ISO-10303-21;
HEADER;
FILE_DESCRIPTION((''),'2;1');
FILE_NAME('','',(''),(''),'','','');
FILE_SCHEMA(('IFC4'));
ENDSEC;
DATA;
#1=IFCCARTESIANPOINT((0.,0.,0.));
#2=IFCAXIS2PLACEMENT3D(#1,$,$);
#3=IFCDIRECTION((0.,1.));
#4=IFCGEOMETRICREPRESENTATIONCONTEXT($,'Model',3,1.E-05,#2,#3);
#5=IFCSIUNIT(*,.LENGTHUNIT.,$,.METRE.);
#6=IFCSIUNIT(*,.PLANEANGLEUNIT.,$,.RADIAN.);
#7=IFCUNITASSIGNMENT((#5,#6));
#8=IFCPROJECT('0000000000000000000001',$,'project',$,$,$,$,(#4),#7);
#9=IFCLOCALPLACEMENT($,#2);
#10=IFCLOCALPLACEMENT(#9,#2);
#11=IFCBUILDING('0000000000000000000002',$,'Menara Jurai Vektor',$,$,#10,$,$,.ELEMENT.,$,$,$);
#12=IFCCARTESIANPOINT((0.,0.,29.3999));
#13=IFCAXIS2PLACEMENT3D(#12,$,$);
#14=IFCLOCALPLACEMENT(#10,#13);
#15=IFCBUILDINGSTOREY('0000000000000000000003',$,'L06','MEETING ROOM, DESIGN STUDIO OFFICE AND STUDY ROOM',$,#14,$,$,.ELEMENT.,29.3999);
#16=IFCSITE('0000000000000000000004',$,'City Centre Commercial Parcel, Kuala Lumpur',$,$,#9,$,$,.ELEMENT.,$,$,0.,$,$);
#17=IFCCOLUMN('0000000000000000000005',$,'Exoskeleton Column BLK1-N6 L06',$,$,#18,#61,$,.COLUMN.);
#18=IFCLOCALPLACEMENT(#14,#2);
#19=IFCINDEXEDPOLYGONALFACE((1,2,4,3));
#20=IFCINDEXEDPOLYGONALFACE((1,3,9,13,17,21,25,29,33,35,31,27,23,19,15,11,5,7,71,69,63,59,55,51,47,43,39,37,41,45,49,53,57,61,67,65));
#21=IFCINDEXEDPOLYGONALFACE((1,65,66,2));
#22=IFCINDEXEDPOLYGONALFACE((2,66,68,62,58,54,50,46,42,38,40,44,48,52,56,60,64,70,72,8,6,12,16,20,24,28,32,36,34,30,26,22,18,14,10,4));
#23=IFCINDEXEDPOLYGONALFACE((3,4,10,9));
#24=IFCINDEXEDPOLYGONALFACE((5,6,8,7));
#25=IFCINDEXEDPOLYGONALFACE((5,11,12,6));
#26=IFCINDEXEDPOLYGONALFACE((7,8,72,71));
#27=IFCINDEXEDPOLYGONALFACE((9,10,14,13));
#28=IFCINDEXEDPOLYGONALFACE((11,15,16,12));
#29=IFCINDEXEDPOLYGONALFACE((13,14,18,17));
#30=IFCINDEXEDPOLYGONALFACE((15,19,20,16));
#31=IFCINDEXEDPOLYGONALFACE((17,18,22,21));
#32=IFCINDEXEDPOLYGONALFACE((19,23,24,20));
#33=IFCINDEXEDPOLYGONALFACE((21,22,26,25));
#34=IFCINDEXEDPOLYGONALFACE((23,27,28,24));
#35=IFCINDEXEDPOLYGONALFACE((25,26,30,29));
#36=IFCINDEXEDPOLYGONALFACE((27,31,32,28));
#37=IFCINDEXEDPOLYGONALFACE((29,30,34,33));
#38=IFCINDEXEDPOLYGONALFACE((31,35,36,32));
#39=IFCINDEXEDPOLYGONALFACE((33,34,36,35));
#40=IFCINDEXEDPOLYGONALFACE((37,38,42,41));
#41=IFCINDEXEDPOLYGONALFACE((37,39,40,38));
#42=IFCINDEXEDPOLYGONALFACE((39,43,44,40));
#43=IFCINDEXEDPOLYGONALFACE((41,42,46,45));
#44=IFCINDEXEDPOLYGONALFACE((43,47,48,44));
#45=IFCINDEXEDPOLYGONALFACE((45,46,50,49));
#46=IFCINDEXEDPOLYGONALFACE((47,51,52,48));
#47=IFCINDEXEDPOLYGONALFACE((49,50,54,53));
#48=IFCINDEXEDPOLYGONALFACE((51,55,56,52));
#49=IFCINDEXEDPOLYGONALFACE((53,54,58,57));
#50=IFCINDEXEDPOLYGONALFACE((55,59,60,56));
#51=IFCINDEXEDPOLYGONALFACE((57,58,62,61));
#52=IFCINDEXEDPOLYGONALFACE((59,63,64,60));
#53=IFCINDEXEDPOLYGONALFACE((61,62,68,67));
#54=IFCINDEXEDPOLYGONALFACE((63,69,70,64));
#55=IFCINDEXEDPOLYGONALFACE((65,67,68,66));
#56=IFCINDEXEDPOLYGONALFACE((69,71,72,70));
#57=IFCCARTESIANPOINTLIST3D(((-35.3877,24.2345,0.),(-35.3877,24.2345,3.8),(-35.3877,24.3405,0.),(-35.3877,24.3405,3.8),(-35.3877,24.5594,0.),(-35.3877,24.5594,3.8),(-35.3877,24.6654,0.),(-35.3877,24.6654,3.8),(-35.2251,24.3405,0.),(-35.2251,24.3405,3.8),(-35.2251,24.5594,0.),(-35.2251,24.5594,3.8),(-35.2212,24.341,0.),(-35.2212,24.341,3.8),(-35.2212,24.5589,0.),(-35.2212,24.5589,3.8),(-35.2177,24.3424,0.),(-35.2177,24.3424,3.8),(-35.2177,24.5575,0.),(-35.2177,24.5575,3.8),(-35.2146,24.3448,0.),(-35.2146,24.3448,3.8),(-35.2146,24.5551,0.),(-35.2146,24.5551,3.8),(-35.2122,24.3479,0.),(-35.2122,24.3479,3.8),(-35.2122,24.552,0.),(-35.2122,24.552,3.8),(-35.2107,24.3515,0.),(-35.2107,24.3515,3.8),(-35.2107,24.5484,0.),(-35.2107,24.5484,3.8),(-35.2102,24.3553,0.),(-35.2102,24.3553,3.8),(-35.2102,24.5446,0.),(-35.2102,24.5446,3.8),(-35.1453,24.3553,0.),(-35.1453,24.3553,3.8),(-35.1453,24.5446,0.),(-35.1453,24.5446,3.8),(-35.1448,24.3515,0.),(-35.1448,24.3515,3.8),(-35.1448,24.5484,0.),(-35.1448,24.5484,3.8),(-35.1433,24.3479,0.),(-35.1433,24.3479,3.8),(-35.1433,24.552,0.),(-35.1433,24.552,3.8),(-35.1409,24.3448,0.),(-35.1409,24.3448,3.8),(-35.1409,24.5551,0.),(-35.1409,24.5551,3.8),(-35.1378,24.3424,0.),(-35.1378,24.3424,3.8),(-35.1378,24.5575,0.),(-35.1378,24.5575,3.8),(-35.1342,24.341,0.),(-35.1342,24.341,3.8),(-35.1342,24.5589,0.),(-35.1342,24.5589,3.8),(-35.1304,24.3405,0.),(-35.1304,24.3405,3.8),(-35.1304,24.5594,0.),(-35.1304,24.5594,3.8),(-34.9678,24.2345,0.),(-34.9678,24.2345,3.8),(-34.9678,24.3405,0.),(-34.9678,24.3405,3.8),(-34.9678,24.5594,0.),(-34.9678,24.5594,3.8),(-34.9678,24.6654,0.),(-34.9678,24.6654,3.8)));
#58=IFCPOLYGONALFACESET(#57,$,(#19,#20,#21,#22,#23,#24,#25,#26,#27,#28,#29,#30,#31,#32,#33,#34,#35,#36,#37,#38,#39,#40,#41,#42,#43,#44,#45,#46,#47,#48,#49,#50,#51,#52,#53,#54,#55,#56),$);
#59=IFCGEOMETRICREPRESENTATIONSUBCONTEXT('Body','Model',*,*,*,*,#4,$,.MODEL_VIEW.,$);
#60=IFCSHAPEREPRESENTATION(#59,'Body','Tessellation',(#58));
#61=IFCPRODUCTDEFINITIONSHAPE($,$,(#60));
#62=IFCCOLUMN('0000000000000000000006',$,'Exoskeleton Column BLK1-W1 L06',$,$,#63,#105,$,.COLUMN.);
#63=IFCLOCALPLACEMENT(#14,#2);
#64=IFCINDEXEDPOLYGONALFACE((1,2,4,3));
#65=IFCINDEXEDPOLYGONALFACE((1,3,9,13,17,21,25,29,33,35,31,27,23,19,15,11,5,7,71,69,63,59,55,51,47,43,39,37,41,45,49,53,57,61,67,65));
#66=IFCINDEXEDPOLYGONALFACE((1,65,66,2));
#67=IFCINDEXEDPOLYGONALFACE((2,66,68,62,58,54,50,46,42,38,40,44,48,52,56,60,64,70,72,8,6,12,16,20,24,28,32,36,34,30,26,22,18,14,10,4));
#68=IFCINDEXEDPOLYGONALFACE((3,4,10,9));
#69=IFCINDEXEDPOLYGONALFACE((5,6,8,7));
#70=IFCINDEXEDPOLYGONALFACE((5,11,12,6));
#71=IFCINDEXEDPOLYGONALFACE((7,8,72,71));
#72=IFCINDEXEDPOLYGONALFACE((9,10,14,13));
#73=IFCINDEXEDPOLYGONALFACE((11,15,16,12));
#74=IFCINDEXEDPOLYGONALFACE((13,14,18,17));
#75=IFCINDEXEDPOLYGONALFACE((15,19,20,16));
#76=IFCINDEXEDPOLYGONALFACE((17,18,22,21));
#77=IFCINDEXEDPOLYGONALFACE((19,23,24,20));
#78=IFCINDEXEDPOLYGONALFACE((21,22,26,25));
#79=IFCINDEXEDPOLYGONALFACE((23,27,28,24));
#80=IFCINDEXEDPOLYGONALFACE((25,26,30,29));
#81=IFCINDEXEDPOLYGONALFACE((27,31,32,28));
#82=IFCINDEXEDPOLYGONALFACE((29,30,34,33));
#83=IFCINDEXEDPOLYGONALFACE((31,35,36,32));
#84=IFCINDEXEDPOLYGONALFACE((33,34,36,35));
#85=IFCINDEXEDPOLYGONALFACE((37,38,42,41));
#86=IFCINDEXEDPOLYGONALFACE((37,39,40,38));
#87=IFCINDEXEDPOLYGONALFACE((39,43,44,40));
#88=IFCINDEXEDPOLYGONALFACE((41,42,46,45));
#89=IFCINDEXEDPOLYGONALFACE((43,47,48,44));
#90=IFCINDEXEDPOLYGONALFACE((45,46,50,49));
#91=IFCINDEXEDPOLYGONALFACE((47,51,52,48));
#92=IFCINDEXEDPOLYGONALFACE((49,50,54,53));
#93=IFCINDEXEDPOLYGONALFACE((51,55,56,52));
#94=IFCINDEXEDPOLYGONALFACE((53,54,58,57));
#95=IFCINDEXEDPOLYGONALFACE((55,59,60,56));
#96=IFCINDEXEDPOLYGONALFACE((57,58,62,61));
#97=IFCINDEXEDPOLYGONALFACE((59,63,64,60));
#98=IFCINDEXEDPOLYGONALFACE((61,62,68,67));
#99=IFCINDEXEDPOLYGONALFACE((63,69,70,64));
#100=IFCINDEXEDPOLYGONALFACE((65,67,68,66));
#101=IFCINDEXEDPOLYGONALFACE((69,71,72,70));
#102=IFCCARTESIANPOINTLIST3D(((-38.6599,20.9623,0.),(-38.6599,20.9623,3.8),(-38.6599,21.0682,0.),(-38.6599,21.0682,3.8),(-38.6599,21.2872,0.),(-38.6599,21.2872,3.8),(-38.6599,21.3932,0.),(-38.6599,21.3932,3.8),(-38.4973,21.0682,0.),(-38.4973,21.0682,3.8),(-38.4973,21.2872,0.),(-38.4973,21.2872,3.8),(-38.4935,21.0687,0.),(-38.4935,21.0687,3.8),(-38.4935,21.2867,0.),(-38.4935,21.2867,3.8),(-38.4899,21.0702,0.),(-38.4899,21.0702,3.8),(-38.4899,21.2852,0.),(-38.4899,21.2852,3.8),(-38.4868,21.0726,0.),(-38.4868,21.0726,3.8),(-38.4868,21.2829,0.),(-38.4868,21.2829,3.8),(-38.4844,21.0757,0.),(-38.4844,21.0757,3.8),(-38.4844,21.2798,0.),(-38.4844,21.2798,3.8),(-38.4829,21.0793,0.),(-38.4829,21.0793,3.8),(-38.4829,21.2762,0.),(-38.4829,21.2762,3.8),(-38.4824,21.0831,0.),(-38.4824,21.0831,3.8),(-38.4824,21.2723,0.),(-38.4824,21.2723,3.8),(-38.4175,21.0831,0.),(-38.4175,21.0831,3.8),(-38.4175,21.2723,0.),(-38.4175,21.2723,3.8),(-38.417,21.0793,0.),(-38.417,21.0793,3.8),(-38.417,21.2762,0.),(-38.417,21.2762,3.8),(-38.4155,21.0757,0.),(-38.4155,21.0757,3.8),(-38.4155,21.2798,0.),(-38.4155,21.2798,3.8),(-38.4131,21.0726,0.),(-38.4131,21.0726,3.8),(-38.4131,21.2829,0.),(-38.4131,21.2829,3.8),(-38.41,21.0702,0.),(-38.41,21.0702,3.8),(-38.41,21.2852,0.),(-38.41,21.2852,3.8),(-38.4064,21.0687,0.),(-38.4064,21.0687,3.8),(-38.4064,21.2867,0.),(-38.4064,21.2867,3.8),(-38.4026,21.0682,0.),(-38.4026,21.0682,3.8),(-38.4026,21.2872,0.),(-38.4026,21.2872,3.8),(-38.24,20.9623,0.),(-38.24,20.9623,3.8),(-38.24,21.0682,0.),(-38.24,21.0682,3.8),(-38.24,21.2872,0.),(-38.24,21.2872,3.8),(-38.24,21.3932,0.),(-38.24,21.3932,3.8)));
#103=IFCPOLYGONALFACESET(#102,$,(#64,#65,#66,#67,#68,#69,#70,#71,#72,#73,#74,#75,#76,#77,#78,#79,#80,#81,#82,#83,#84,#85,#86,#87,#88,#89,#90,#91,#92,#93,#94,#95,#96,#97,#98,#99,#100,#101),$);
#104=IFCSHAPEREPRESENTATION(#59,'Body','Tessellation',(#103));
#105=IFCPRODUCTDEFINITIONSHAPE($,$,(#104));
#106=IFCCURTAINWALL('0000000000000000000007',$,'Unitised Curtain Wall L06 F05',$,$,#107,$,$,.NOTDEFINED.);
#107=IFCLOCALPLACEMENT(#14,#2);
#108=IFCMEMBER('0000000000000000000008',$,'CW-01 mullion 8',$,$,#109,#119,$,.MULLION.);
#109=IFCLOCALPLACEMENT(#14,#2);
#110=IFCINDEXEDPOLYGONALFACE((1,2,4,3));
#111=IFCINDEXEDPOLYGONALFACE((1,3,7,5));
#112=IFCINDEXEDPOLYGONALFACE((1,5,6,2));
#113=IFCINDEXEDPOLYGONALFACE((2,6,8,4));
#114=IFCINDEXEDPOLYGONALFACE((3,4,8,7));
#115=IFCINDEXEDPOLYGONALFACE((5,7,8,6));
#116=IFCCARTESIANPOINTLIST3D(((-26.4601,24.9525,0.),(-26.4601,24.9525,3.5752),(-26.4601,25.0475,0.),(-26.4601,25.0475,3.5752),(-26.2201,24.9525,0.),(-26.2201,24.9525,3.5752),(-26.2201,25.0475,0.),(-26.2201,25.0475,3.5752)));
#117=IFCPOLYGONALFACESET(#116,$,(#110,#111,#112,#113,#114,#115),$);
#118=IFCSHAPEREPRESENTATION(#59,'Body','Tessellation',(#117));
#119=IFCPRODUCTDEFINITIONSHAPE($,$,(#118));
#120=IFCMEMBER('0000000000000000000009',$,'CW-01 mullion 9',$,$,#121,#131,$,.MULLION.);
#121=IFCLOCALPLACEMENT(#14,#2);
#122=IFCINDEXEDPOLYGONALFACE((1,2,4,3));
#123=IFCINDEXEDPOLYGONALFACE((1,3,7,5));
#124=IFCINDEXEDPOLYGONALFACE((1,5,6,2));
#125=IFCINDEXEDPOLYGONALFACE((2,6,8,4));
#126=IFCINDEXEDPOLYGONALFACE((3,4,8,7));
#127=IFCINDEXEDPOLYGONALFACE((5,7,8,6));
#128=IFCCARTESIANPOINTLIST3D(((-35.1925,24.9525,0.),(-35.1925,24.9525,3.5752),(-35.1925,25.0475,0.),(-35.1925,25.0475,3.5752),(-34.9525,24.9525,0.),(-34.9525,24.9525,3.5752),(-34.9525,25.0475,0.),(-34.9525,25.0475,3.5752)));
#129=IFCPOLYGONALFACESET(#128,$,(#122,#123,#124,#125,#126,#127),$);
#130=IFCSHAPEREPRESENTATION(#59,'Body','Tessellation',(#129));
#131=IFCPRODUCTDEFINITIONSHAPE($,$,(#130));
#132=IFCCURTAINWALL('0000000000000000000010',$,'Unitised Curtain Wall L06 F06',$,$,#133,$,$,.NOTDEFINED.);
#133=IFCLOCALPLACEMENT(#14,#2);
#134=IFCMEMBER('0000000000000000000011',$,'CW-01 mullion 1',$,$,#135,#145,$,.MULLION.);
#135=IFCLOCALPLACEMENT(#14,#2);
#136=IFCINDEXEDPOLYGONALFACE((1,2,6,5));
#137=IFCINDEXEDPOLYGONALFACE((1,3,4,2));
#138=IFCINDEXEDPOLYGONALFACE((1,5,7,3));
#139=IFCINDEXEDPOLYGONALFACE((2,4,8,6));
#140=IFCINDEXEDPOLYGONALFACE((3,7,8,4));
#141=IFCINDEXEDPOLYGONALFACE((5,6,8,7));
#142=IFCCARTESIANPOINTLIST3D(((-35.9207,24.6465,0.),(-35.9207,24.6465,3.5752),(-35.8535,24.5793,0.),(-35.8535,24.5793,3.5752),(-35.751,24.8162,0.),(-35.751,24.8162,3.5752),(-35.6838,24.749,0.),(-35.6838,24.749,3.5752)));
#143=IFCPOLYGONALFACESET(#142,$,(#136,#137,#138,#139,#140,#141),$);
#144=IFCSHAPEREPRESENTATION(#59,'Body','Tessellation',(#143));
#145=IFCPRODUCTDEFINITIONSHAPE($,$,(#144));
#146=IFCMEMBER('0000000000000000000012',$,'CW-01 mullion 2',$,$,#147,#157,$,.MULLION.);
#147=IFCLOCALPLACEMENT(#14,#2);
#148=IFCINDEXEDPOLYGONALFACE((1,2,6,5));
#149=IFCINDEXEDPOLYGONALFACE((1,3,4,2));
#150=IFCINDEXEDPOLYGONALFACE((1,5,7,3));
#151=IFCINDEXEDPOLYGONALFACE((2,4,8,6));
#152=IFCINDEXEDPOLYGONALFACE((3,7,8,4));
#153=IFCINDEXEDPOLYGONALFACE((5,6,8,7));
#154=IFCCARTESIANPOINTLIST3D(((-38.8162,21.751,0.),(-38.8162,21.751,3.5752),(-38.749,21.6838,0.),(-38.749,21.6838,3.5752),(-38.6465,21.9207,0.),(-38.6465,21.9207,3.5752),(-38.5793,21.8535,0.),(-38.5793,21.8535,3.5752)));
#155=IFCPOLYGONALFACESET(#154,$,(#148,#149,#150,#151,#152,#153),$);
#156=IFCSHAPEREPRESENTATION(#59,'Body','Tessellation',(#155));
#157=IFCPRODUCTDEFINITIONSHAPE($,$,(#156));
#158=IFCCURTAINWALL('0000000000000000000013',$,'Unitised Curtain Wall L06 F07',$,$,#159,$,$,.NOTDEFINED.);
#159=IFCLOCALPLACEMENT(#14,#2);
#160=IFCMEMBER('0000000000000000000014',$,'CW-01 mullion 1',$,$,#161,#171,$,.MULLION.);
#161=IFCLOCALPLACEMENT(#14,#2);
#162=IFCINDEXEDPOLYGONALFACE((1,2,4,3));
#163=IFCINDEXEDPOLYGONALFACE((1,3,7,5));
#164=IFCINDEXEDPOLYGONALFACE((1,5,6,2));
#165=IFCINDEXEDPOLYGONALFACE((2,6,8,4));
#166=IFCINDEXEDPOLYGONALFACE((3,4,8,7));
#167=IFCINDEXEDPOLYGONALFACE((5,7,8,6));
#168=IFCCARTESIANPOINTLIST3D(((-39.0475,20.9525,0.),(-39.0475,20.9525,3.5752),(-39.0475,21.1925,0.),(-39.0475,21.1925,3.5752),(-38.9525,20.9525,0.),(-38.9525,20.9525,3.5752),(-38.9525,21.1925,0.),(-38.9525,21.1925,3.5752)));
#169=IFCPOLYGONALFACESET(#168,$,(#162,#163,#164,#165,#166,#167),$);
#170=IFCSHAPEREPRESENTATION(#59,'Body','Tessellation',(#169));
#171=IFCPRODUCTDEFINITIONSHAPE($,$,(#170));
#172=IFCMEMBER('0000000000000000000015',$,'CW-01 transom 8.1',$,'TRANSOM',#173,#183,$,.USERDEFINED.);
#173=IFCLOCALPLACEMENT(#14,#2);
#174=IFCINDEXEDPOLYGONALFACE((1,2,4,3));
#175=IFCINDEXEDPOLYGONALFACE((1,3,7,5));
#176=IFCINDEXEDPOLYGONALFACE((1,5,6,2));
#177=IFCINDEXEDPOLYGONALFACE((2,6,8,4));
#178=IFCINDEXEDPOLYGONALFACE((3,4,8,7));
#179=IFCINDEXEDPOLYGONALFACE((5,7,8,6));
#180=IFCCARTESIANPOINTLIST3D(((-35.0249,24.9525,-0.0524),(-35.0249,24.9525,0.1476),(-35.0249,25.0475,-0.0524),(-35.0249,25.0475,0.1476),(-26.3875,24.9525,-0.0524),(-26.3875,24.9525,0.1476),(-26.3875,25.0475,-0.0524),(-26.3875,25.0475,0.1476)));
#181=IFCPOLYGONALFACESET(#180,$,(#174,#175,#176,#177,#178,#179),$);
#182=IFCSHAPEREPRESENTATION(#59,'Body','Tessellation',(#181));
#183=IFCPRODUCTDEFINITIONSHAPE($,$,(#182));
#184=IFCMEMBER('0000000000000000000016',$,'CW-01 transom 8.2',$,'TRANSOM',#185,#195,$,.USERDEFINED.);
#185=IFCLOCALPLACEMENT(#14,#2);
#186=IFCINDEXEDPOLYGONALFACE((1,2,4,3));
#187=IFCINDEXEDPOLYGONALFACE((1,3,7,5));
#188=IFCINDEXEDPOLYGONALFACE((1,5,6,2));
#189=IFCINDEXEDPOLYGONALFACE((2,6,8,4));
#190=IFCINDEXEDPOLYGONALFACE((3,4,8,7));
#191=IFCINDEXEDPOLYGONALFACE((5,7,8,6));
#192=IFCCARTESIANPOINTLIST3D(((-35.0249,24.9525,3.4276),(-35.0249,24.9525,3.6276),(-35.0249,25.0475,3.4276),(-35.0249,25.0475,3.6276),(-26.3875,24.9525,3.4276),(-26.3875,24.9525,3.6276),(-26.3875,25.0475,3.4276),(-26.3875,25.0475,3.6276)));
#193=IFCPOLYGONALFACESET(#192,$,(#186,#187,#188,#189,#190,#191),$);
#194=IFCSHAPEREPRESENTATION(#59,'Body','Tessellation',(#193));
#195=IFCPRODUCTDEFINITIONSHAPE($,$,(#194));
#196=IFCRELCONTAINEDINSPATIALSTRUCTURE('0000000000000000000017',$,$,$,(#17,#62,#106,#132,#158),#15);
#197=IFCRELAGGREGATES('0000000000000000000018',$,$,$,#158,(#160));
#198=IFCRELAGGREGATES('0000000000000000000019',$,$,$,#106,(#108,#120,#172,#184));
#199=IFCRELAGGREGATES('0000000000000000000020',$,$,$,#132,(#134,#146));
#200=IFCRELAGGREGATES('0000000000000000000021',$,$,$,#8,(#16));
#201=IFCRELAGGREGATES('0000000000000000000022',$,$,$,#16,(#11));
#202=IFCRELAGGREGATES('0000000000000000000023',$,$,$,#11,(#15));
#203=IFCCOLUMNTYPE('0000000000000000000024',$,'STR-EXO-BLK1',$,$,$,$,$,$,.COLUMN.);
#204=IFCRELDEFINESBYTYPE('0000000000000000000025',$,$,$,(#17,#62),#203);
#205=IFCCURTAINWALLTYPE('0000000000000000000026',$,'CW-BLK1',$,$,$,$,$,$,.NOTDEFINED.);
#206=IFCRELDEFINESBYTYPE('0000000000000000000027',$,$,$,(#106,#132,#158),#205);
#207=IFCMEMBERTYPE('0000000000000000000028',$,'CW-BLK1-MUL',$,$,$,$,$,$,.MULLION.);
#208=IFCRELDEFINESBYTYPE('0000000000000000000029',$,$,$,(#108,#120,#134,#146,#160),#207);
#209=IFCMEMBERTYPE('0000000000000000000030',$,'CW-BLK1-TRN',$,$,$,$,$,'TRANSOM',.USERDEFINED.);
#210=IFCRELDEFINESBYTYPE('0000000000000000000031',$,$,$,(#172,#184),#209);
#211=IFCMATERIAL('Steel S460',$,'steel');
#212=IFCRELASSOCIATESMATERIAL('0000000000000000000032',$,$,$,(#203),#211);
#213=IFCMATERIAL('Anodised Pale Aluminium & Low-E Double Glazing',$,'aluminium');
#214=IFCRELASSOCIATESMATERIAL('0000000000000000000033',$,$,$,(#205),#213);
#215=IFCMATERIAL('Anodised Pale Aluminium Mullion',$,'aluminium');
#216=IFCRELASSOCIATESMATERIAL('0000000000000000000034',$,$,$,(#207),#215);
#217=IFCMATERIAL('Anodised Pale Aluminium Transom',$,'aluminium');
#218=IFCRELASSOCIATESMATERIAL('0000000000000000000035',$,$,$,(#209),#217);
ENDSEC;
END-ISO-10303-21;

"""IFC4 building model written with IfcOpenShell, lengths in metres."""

from ifc_helpers import new_model, si_unit, direction, frame, origin, origin_2d, place, context, subcontext, project, spatial, rectangle, i_section, extrude, material, material_profile, profile_set, type_object, element, aggregate, save


model = new_model("IFC4")

# Units and contexts
model_context = context("Model", 3, precision=1e-05, world=origin(), true_north=direction((0.0, 1.0)))
body_context = subcontext(model_context, "Body", "Model", "MODEL_VIEW")
ifc_project = project(units=[si_unit("LENGTHUNIT", "METRE"), si_unit("PLANEANGLEUNIT", "RADIAN")], contexts=[model_context])

# Site, building, storey
site_placement = place(None, origin())
site = spatial("IfcSite", under=ifc_project, at=site_placement, Name="City Centre Commercial Parcel, Kuala Lumpur", CompositionType="ELEMENT", RefElevation=0.0)
building_placement = place(site_placement, origin())
building = spatial("IfcBuilding", under=site, at=building_placement, Name="Menara Jurai Vektor", CompositionType="ELEMENT")
storey_placement = place(building_placement, frame((0.0, 0.0, 29.3999)))
storey = spatial("IfcBuildingStorey", under=building, at=storey_placement, Name="L06", Description="MEETING ROOM, DESIGN STUDIO OFFICE AND STUDY ROOM", CompositionType="ELEMENT", Elevation=29.3999)

# Columns
ifc_material_1 = material(Name="Steel S460", Category="steel")
ifc_material_profile_1 = material_profile(ifc_material_1, i_section(OverallWidth=0.4199, OverallDepth=0.4309, WebThickness=0.0649, FlangeThickness=0.106, FilletRadius=0.0149, at=origin_2d()), Name="HD 400x900")
ifc_profile_set_1 = profile_set([ifc_material_profile_1], Name="Steel S460")
column_type = type_object("IfcColumnType", Name="STR-EXO-BLK1", PredefinedType="COLUMN", material=ifc_profile_set_1)
for number, where, z_axis, x_axis, name in (
    (1, (-35.1777, 24.45, 0.0), (0.0, 0.0, 1.0), (1.0, 0.0, 0.0), "Exoskeleton Column BLK1-N6 L06"),
    (2, (-38.45, 21.1777, 0.0), (0.0, 0.0, 1.0), (1.0, 0.0, 0.0), "Exoskeleton Column BLK1-W1 L06"),
):
    element("IfcColumn", number, at=place(storey_placement, frame(where, z_axis=z_axis, x_axis=x_axis)), inside=storey, type_object=column_type, Name=name, PredefinedType="COLUMN", context=body_context, shape_type="SweptSolid", body=[
        extrude(i_section(OverallWidth=0.4199, OverallDepth=0.4309, WebThickness=0.0649, FlangeThickness=0.106, FilletRadius=0.0149, at=origin_2d()), origin(), (0.0, 0.0, 1.0), 3.8),
    ])

# Curtain walls, members
ifc_material_2 = material(Name="Anodised Pale Aluminium & Low-E Double Glazing", Category="aluminium")
curtain_wall_type = type_object("IfcCurtainWallType", Name="CW-BLK1", PredefinedType="NOTDEFINED", material=ifc_material_2)
curtain_wall_1_placement = place(storey_placement, origin())
curtain_wall_1 = element("IfcCurtainWall", 3, at=curtain_wall_1_placement, inside=storey, type_object=curtain_wall_type, Name="Unitised Curtain Wall L06 F05", PredefinedType="NOTDEFINED")
ifc_material_3 = material(Name="Anodised Pale Aluminium Mullion", Category="aluminium")
ifc_material_profile_2 = material_profile(ifc_material_3, rectangle(XDim=0.095, YDim=0.24, at=origin_2d()), Name="ALU MUL 95x240")
ifc_profile_set_2 = profile_set([ifc_material_profile_2], Name="Anodised Pale Aluminium Mullion")
member_type_1 = type_object("IfcMemberType", Name="CW-BLK1-MUL", PredefinedType="MULLION", material=ifc_profile_set_2)
member_1_placement = place(storey_placement, frame((-26.3401, 25.0, 0.0), z_axis=(0.0, 0.0, 1.0), x_axis=(0.0, -1.0, 0.0)))
member_1 = element("IfcMember", 4, at=member_1_placement, type_object=member_type_1, Name="CW-01 mullion 8", PredefinedType="MULLION", context=body_context, shape_type="SweptSolid", body=[
    extrude(rectangle(XDim=0.095, YDim=0.24, at=origin_2d()), origin(), (0.0, 0.0, 1.0), 3.5752),
])
member_2_placement = place(storey_placement, frame((-35.0725, 25.0, 0.0), z_axis=(0.0, 0.0, 1.0), x_axis=(0.0, -1.0, 0.0)))
member_2 = element("IfcMember", 5, at=member_2_placement, type_object=member_type_1, Name="CW-01 mullion 9", PredefinedType="MULLION", context=body_context, shape_type="SweptSolid", body=[
    extrude(rectangle(XDim=0.095, YDim=0.24, at=origin_2d()), origin(), (0.0, 0.0, 1.0), 3.5752),
])
curtain_wall_2_placement = place(storey_placement, origin())
curtain_wall_2 = element("IfcCurtainWall", 6, at=curtain_wall_2_placement, inside=storey, type_object=curtain_wall_type, Name="Unitised Curtain Wall L06 F06", PredefinedType="NOTDEFINED")
member_3_placement = place(storey_placement, frame((-35.8022, 24.6978, 0.0), z_axis=(0.0, 0.0, 1.0), x_axis=(0.707107, -0.707107, 0.0)))
member_3 = element("IfcMember", 7, at=member_3_placement, type_object=member_type_1, Name="CW-01 mullion 1", PredefinedType="MULLION", context=body_context, shape_type="SweptSolid", body=[
    extrude(rectangle(XDim=0.095, YDim=0.24, at=origin_2d()), origin(), (0.0, 0.0, 1.0), 3.5752),
])
member_4_placement = place(storey_placement, frame((-38.6978, 21.8022, 0.0), z_axis=(0.0, 0.0, 1.0), x_axis=(0.707107, -0.707107, 0.0)))
member_4 = element("IfcMember", 8, at=member_4_placement, type_object=member_type_1, Name="CW-01 mullion 2", PredefinedType="MULLION", context=body_context, shape_type="SweptSolid", body=[
    extrude(rectangle(XDim=0.095, YDim=0.24, at=origin_2d()), origin(), (0.0, 0.0, 1.0), 3.5752),
])

# Curtain wall, member
curtain_wall_3_placement = place(storey_placement, origin())
curtain_wall_3 = element("IfcCurtainWall", 9, at=curtain_wall_3_placement, inside=storey, type_object=curtain_wall_type, Name="Unitised Curtain Wall L06 F07", PredefinedType="NOTDEFINED")
member_5_placement = place(storey_placement, frame((-39.0, 21.0725, 0.0), z_axis=(0.0, 0.0, 1.0), x_axis=(1.0, 0.0, 0.0)))
member_5 = element("IfcMember", 10, at=member_5_placement, type_object=member_type_1, Name="CW-01 mullion 1", PredefinedType="MULLION", context=body_context, shape_type="SweptSolid", body=[
    extrude(rectangle(XDim=0.095, YDim=0.24, at=origin_2d()), origin(), (0.0, 0.0, 1.0), 3.5752),
])
aggregate(curtain_wall_3, [member_5])

# Members
ifc_material_4 = material(Name="Anodised Pale Aluminium Transom", Category="aluminium")
ifc_material_profile_3 = material_profile(ifc_material_4, rectangle(XDim=0.095, YDim=0.2, at=origin_2d()), Name="ALU TRN 95x200")
ifc_profile_set_3 = profile_set([ifc_material_profile_3], Name="Anodised Pale Aluminium Transom")
member_type_2 = type_object("IfcMemberType", Name="CW-BLK1-TRN", ElementType="TRANSOM", PredefinedType="USERDEFINED", material=ifc_profile_set_3)
member_6_placement = place(storey_placement, frame((-26.3875, 25.0, 0.0476), z_axis=(-1.0, 0.0, 0.0), x_axis=(0.0, -1.0, 0.0)))
member_6 = element("IfcMember", 11, at=member_6_placement, type_object=member_type_2, Name="CW-01 transom 8.1", ObjectType="TRANSOM", PredefinedType="USERDEFINED", context=body_context, shape_type="SweptSolid", body=[
    extrude(rectangle(XDim=0.095, YDim=0.2, at=origin_2d()), origin(), (0.0, 0.0, 1.0), 8.6375),
])
member_7_placement = place(storey_placement, frame((-26.3875, 25.0, 3.5276), z_axis=(-1.0, 0.0, 0.0), x_axis=(0.0, -1.0, 0.0)))
member_7 = element("IfcMember", 12, at=member_7_placement, type_object=member_type_2, Name="CW-01 transom 8.2", ObjectType="TRANSOM", PredefinedType="USERDEFINED", context=body_context, shape_type="SweptSolid", body=[
    extrude(rectangle(XDim=0.095, YDim=0.2, at=origin_2d()), origin(), (0.0, 0.0, 1.0), 8.6375),
])

aggregate(curtain_wall_1, [member_1, member_2, member_6, member_7])
aggregate(curtain_wall_2, [member_3, member_4])

save(model, "model.ifc")
